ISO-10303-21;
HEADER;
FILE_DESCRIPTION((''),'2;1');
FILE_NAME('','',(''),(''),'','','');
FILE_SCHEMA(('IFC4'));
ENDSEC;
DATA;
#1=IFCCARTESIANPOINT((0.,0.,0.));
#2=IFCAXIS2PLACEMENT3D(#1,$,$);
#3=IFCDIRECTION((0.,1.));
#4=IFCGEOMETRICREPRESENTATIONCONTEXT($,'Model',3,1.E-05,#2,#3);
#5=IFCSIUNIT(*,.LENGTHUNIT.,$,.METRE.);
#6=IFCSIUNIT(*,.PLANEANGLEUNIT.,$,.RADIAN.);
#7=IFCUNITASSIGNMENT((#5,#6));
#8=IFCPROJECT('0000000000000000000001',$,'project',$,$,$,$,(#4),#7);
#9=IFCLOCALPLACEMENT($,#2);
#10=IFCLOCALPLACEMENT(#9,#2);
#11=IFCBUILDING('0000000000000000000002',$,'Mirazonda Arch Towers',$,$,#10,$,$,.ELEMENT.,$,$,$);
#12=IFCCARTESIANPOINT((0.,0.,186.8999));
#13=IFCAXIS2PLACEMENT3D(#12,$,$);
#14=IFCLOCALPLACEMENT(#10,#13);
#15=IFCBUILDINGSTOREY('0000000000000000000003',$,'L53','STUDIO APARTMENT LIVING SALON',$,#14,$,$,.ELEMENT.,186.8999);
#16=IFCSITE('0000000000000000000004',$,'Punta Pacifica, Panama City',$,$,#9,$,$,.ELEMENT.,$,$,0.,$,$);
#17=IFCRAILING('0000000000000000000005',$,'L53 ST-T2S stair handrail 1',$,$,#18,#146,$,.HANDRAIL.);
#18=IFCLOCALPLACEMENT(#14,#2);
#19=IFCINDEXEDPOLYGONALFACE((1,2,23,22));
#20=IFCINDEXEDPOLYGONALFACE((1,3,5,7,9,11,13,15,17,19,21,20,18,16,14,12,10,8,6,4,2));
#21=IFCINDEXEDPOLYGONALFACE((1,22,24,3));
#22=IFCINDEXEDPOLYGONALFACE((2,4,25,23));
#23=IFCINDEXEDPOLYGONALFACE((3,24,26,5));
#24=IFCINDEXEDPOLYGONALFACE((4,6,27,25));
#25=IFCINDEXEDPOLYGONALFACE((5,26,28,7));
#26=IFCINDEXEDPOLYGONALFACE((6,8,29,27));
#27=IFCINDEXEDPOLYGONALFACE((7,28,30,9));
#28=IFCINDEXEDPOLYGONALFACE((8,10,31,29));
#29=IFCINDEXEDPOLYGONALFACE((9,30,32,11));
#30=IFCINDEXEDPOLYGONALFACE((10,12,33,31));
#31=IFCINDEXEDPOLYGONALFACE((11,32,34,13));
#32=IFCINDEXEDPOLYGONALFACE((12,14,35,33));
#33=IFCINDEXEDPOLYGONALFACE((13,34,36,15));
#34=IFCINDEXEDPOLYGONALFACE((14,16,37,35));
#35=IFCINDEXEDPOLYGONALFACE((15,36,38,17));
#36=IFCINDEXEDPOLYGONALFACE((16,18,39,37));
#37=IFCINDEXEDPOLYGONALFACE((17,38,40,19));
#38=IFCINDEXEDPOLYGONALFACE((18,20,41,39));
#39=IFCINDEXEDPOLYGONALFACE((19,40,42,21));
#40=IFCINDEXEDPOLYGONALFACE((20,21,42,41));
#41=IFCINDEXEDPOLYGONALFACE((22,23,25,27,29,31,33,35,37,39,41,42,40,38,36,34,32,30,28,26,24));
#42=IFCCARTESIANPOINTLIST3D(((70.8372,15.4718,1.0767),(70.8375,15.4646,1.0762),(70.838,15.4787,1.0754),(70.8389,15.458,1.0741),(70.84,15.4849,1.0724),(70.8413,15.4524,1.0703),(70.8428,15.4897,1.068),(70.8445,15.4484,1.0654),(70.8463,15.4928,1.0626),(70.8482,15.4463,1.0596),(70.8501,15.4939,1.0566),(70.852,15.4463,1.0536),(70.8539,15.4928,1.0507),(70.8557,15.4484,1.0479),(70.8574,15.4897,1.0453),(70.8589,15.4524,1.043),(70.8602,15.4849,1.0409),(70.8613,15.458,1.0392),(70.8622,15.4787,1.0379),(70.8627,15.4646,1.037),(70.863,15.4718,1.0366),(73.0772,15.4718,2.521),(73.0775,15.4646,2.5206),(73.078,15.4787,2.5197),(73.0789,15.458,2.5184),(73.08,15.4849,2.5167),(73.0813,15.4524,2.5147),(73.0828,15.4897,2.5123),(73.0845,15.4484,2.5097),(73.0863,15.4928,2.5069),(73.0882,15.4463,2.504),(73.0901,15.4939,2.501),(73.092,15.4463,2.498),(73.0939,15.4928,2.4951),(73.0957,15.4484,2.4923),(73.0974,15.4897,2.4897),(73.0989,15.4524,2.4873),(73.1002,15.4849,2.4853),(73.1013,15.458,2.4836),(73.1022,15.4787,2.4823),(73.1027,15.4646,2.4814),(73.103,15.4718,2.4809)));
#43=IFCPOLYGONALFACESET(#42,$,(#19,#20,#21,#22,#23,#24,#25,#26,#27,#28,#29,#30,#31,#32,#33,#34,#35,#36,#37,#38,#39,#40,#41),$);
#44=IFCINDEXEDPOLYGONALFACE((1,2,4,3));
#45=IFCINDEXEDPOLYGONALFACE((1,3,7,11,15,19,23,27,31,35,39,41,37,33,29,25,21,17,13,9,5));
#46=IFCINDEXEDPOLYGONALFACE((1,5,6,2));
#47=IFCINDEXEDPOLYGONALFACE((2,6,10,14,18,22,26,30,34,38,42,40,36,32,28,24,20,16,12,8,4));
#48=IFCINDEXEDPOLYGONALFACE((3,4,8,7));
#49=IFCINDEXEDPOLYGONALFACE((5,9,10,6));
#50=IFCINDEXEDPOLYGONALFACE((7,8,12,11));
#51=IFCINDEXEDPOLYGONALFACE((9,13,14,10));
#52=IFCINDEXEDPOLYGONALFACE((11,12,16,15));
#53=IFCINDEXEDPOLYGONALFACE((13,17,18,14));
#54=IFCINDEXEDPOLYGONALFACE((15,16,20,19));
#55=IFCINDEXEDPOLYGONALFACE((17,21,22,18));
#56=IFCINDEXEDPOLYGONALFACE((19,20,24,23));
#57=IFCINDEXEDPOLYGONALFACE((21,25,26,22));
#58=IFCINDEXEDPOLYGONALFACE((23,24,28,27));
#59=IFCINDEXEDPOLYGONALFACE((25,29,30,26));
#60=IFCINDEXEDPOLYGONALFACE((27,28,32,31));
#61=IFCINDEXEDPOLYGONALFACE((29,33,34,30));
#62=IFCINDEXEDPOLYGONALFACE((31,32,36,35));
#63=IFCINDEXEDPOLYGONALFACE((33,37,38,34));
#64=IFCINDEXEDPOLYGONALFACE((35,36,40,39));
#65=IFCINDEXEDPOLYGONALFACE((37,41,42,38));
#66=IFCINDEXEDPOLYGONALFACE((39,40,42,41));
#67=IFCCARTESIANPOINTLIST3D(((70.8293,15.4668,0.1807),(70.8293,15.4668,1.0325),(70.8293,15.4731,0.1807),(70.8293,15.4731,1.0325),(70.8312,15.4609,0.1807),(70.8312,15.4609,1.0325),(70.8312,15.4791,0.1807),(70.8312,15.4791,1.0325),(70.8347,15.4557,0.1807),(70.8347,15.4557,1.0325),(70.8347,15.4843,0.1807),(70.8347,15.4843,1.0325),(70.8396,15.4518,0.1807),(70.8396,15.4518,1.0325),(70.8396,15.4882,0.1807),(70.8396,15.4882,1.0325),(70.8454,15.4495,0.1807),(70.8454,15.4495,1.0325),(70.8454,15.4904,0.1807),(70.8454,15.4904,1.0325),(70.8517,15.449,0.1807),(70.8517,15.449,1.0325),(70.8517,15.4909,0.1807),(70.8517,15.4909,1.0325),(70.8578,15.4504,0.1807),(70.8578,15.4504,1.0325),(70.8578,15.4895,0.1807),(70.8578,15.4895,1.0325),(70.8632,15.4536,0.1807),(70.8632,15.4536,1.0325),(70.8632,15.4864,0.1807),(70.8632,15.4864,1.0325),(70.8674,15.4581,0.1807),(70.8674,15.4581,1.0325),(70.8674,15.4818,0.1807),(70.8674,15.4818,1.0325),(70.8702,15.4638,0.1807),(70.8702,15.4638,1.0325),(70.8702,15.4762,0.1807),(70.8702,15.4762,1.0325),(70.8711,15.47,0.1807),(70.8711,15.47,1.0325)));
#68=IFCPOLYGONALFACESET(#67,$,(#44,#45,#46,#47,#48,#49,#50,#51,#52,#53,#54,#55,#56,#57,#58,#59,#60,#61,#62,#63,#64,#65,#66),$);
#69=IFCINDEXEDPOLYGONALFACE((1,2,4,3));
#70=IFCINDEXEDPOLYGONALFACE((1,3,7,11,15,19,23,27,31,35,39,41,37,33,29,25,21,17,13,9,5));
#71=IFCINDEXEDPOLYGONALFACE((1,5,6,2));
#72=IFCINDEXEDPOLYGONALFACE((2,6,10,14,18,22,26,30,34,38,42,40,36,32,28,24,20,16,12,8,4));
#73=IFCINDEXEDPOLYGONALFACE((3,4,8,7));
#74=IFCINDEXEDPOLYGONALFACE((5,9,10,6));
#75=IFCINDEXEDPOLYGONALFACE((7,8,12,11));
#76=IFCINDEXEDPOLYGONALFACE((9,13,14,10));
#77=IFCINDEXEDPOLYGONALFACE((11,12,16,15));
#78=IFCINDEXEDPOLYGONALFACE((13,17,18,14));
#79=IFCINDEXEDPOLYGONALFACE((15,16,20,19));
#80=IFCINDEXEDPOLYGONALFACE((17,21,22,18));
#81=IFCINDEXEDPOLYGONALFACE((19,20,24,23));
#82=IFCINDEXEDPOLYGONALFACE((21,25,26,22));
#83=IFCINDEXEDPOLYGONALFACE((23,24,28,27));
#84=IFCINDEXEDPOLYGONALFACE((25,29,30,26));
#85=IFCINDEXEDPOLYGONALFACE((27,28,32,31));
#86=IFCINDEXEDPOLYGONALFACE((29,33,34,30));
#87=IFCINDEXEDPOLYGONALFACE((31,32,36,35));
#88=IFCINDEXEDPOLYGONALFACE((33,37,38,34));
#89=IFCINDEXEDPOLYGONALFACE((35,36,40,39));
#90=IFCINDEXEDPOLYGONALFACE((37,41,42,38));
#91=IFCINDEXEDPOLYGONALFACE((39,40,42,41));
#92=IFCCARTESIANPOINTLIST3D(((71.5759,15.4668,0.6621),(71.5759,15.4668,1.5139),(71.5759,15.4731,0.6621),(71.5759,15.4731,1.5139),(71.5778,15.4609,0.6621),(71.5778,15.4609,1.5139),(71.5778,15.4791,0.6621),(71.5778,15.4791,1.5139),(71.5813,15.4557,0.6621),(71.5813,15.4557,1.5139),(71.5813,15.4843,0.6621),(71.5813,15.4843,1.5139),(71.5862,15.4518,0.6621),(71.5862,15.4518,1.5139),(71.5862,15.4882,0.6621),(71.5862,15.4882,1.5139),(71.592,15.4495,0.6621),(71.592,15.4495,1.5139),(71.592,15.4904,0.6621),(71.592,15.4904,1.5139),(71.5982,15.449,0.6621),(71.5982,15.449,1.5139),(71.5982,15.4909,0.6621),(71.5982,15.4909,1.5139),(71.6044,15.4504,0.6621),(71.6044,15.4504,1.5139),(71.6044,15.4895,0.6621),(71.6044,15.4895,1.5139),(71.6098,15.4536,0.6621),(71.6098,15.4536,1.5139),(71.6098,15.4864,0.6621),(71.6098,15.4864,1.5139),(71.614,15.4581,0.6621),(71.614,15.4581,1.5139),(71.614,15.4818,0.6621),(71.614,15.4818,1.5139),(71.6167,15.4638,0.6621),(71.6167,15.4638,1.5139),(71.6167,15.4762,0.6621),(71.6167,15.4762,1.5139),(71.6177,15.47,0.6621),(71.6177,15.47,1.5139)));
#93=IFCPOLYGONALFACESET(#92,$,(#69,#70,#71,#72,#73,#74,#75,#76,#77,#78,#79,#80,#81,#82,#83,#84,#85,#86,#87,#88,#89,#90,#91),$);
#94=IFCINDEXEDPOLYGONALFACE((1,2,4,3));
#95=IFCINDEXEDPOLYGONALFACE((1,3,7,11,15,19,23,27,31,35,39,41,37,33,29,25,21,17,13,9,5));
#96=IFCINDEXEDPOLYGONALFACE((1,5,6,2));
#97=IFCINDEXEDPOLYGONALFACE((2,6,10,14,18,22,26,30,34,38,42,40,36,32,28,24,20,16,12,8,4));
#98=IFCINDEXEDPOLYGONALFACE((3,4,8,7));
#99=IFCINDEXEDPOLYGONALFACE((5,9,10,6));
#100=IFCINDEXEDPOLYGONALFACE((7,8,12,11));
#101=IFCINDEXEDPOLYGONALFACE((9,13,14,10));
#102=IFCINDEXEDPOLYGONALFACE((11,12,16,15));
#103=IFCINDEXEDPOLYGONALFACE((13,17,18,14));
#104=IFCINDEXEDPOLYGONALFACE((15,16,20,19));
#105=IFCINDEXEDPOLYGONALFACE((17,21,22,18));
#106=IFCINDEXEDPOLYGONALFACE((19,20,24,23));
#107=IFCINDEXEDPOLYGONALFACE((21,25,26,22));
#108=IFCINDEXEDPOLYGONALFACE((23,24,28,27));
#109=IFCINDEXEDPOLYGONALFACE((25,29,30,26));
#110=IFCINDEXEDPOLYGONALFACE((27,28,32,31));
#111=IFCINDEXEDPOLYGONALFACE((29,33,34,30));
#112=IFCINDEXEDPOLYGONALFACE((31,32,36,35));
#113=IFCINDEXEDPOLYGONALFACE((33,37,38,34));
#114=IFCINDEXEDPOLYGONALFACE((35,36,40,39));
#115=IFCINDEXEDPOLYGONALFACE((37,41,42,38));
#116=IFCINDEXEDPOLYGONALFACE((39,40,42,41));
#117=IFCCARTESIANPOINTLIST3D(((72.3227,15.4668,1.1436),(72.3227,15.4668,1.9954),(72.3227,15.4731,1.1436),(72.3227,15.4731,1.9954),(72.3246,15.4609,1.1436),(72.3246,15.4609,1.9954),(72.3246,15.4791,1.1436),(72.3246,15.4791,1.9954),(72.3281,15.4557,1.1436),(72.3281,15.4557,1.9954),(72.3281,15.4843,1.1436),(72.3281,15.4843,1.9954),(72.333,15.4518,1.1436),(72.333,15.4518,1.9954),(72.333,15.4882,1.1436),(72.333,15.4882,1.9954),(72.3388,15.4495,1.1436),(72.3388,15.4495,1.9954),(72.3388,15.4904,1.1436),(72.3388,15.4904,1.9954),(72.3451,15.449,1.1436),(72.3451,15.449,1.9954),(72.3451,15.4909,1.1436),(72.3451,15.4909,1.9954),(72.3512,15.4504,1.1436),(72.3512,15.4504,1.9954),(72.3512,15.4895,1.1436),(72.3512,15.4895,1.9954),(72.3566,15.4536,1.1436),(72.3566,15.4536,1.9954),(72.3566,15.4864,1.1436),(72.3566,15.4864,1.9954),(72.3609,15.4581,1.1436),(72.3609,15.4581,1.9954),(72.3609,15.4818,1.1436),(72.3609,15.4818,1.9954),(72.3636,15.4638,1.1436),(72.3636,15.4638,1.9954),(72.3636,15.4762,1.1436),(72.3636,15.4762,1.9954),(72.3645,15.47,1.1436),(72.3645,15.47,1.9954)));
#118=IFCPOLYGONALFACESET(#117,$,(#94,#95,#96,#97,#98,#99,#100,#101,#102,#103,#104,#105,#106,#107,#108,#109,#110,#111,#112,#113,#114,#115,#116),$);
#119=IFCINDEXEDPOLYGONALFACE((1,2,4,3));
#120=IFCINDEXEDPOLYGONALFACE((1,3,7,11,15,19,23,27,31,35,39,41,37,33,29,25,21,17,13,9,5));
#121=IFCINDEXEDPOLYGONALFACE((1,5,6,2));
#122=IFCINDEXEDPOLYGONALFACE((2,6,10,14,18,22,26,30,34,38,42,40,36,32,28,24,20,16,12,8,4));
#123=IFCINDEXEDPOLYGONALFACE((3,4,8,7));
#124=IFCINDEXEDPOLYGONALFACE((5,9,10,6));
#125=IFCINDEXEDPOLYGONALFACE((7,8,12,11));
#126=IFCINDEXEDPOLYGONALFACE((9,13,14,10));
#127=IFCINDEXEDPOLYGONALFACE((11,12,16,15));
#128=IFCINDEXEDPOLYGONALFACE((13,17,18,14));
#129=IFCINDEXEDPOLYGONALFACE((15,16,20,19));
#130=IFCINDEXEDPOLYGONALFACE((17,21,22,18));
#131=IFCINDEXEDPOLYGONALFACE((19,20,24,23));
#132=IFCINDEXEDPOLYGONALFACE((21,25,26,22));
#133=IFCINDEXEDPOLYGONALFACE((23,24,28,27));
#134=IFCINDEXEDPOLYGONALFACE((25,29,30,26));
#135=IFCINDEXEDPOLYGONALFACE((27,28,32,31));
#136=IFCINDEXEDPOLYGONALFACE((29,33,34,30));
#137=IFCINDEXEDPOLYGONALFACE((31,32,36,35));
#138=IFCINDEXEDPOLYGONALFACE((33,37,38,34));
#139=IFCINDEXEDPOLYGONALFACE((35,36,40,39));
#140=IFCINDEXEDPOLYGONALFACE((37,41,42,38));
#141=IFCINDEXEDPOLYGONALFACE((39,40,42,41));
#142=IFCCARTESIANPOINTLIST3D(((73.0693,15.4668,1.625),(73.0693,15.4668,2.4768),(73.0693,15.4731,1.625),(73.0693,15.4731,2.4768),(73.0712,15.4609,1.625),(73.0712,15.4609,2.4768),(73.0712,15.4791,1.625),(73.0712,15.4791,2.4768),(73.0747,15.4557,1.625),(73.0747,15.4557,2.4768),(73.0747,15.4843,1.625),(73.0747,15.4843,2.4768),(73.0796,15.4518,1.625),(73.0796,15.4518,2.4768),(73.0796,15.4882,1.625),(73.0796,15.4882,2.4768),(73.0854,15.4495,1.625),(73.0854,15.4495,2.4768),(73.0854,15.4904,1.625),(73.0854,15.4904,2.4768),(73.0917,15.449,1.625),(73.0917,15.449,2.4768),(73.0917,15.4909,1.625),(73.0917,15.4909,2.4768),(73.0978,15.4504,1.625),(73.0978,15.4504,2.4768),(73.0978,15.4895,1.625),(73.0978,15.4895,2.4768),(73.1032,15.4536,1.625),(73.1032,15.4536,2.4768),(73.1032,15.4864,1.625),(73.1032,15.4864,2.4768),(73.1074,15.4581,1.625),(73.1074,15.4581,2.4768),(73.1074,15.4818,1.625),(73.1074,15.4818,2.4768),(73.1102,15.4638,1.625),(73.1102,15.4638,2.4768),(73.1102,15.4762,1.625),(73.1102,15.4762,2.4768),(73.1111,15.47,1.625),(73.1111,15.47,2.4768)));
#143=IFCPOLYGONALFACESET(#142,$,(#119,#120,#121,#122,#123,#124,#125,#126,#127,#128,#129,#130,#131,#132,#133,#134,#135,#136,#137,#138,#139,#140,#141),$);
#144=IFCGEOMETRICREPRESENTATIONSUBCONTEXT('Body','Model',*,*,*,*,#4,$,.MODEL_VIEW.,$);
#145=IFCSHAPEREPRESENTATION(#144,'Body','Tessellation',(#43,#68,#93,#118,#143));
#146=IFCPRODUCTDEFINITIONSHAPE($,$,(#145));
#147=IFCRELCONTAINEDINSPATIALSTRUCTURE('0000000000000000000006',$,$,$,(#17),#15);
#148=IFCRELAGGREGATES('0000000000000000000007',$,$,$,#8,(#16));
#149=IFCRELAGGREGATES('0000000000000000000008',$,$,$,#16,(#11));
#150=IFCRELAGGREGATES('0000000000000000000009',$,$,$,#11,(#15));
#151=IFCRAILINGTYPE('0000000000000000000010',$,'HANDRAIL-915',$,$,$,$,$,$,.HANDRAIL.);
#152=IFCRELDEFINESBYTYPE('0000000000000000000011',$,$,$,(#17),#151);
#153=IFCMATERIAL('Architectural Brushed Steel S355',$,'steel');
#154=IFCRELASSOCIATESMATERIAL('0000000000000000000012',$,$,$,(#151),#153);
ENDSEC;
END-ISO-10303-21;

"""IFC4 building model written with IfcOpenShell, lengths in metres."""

from ifc_helpers import new_model, si_unit, direction, frame, origin, origin_2d, place, context, subcontext, project, spatial, circle, extrude, material, type_object, element, save


model = new_model("IFC4")

# Units and contexts
model_context = context("Model", 3, precision=1e-05, world=origin(), true_north=direction((0.0, 1.0)))
body_context = subcontext(model_context, "Body", "Model", "MODEL_VIEW")
ifc_project = project(units=[si_unit("LENGTHUNIT", "METRE"), si_unit("PLANEANGLEUNIT", "RADIAN")], contexts=[model_context])

# Site, building, storey
site_placement = place(None, origin())
site = spatial("IfcSite", under=ifc_project, at=site_placement, Name="Punta Pacifica, Panama City", CompositionType="ELEMENT", RefElevation=0.0)
building_placement = place(site_placement, origin())
building = spatial("IfcBuilding", under=site, at=building_placement, Name="Mirazonda Arch Towers", CompositionType="ELEMENT")
storey_placement = place(building_placement, frame((0.0, 0.0, 186.8999)))
storey = spatial("IfcBuildingStorey", under=building, at=storey_placement, Name="L53", Description="STUDIO APARTMENT LIVING SALON", CompositionType="ELEMENT", Elevation=186.8999)

# Railing
ifc_material_1 = material(Name="Architectural Brushed Steel S355", Category="steel")
railing_type_1 = type_object("IfcRailingType", Name="HANDRAIL-915", PredefinedType="HANDRAIL", material=ifc_material_1)
railing_1_placement = place(storey_placement, frame((70.8501, 15.47, 0.1807)))
element("IfcRailing", 1, at=railing_1_placement, inside=storey, type_object=railing_type_1, Name="L53 ST-T2S stair handrail 1", PredefinedType="HANDRAIL", context=body_context, shape_type="SweptSolid", body=[
    extrude(circle(Radius=0.0239, at=origin_2d()), frame((0.0, 0.0, 0.876), z_axis=(0.840437, 0.0, 0.54191), x_axis=(0.0, 1.0, 0.0)), (0.0, 0.0, 1.0), 2.6653),
    extrude(circle(Radius=0.021, at=origin_2d()), origin(), (0.0, 0.0, 1.0), 0.8518),
    extrude(circle(Radius=0.021, at=origin_2d()), frame((0.7466, 0.0, 0.4814)), (0.0, 0.0, 1.0), 0.8518),
    extrude(circle(Radius=0.021, at=origin_2d()), frame((1.4934, 0.0, 0.9629)), (0.0, 0.0, 1.0), 0.8518),
    extrude(circle(Radius=0.021, at=origin_2d()), frame((2.24, 0.0, 1.4443)), (0.0, 0.0, 1.0), 0.8518),
])

save(model, "model.ifc")
